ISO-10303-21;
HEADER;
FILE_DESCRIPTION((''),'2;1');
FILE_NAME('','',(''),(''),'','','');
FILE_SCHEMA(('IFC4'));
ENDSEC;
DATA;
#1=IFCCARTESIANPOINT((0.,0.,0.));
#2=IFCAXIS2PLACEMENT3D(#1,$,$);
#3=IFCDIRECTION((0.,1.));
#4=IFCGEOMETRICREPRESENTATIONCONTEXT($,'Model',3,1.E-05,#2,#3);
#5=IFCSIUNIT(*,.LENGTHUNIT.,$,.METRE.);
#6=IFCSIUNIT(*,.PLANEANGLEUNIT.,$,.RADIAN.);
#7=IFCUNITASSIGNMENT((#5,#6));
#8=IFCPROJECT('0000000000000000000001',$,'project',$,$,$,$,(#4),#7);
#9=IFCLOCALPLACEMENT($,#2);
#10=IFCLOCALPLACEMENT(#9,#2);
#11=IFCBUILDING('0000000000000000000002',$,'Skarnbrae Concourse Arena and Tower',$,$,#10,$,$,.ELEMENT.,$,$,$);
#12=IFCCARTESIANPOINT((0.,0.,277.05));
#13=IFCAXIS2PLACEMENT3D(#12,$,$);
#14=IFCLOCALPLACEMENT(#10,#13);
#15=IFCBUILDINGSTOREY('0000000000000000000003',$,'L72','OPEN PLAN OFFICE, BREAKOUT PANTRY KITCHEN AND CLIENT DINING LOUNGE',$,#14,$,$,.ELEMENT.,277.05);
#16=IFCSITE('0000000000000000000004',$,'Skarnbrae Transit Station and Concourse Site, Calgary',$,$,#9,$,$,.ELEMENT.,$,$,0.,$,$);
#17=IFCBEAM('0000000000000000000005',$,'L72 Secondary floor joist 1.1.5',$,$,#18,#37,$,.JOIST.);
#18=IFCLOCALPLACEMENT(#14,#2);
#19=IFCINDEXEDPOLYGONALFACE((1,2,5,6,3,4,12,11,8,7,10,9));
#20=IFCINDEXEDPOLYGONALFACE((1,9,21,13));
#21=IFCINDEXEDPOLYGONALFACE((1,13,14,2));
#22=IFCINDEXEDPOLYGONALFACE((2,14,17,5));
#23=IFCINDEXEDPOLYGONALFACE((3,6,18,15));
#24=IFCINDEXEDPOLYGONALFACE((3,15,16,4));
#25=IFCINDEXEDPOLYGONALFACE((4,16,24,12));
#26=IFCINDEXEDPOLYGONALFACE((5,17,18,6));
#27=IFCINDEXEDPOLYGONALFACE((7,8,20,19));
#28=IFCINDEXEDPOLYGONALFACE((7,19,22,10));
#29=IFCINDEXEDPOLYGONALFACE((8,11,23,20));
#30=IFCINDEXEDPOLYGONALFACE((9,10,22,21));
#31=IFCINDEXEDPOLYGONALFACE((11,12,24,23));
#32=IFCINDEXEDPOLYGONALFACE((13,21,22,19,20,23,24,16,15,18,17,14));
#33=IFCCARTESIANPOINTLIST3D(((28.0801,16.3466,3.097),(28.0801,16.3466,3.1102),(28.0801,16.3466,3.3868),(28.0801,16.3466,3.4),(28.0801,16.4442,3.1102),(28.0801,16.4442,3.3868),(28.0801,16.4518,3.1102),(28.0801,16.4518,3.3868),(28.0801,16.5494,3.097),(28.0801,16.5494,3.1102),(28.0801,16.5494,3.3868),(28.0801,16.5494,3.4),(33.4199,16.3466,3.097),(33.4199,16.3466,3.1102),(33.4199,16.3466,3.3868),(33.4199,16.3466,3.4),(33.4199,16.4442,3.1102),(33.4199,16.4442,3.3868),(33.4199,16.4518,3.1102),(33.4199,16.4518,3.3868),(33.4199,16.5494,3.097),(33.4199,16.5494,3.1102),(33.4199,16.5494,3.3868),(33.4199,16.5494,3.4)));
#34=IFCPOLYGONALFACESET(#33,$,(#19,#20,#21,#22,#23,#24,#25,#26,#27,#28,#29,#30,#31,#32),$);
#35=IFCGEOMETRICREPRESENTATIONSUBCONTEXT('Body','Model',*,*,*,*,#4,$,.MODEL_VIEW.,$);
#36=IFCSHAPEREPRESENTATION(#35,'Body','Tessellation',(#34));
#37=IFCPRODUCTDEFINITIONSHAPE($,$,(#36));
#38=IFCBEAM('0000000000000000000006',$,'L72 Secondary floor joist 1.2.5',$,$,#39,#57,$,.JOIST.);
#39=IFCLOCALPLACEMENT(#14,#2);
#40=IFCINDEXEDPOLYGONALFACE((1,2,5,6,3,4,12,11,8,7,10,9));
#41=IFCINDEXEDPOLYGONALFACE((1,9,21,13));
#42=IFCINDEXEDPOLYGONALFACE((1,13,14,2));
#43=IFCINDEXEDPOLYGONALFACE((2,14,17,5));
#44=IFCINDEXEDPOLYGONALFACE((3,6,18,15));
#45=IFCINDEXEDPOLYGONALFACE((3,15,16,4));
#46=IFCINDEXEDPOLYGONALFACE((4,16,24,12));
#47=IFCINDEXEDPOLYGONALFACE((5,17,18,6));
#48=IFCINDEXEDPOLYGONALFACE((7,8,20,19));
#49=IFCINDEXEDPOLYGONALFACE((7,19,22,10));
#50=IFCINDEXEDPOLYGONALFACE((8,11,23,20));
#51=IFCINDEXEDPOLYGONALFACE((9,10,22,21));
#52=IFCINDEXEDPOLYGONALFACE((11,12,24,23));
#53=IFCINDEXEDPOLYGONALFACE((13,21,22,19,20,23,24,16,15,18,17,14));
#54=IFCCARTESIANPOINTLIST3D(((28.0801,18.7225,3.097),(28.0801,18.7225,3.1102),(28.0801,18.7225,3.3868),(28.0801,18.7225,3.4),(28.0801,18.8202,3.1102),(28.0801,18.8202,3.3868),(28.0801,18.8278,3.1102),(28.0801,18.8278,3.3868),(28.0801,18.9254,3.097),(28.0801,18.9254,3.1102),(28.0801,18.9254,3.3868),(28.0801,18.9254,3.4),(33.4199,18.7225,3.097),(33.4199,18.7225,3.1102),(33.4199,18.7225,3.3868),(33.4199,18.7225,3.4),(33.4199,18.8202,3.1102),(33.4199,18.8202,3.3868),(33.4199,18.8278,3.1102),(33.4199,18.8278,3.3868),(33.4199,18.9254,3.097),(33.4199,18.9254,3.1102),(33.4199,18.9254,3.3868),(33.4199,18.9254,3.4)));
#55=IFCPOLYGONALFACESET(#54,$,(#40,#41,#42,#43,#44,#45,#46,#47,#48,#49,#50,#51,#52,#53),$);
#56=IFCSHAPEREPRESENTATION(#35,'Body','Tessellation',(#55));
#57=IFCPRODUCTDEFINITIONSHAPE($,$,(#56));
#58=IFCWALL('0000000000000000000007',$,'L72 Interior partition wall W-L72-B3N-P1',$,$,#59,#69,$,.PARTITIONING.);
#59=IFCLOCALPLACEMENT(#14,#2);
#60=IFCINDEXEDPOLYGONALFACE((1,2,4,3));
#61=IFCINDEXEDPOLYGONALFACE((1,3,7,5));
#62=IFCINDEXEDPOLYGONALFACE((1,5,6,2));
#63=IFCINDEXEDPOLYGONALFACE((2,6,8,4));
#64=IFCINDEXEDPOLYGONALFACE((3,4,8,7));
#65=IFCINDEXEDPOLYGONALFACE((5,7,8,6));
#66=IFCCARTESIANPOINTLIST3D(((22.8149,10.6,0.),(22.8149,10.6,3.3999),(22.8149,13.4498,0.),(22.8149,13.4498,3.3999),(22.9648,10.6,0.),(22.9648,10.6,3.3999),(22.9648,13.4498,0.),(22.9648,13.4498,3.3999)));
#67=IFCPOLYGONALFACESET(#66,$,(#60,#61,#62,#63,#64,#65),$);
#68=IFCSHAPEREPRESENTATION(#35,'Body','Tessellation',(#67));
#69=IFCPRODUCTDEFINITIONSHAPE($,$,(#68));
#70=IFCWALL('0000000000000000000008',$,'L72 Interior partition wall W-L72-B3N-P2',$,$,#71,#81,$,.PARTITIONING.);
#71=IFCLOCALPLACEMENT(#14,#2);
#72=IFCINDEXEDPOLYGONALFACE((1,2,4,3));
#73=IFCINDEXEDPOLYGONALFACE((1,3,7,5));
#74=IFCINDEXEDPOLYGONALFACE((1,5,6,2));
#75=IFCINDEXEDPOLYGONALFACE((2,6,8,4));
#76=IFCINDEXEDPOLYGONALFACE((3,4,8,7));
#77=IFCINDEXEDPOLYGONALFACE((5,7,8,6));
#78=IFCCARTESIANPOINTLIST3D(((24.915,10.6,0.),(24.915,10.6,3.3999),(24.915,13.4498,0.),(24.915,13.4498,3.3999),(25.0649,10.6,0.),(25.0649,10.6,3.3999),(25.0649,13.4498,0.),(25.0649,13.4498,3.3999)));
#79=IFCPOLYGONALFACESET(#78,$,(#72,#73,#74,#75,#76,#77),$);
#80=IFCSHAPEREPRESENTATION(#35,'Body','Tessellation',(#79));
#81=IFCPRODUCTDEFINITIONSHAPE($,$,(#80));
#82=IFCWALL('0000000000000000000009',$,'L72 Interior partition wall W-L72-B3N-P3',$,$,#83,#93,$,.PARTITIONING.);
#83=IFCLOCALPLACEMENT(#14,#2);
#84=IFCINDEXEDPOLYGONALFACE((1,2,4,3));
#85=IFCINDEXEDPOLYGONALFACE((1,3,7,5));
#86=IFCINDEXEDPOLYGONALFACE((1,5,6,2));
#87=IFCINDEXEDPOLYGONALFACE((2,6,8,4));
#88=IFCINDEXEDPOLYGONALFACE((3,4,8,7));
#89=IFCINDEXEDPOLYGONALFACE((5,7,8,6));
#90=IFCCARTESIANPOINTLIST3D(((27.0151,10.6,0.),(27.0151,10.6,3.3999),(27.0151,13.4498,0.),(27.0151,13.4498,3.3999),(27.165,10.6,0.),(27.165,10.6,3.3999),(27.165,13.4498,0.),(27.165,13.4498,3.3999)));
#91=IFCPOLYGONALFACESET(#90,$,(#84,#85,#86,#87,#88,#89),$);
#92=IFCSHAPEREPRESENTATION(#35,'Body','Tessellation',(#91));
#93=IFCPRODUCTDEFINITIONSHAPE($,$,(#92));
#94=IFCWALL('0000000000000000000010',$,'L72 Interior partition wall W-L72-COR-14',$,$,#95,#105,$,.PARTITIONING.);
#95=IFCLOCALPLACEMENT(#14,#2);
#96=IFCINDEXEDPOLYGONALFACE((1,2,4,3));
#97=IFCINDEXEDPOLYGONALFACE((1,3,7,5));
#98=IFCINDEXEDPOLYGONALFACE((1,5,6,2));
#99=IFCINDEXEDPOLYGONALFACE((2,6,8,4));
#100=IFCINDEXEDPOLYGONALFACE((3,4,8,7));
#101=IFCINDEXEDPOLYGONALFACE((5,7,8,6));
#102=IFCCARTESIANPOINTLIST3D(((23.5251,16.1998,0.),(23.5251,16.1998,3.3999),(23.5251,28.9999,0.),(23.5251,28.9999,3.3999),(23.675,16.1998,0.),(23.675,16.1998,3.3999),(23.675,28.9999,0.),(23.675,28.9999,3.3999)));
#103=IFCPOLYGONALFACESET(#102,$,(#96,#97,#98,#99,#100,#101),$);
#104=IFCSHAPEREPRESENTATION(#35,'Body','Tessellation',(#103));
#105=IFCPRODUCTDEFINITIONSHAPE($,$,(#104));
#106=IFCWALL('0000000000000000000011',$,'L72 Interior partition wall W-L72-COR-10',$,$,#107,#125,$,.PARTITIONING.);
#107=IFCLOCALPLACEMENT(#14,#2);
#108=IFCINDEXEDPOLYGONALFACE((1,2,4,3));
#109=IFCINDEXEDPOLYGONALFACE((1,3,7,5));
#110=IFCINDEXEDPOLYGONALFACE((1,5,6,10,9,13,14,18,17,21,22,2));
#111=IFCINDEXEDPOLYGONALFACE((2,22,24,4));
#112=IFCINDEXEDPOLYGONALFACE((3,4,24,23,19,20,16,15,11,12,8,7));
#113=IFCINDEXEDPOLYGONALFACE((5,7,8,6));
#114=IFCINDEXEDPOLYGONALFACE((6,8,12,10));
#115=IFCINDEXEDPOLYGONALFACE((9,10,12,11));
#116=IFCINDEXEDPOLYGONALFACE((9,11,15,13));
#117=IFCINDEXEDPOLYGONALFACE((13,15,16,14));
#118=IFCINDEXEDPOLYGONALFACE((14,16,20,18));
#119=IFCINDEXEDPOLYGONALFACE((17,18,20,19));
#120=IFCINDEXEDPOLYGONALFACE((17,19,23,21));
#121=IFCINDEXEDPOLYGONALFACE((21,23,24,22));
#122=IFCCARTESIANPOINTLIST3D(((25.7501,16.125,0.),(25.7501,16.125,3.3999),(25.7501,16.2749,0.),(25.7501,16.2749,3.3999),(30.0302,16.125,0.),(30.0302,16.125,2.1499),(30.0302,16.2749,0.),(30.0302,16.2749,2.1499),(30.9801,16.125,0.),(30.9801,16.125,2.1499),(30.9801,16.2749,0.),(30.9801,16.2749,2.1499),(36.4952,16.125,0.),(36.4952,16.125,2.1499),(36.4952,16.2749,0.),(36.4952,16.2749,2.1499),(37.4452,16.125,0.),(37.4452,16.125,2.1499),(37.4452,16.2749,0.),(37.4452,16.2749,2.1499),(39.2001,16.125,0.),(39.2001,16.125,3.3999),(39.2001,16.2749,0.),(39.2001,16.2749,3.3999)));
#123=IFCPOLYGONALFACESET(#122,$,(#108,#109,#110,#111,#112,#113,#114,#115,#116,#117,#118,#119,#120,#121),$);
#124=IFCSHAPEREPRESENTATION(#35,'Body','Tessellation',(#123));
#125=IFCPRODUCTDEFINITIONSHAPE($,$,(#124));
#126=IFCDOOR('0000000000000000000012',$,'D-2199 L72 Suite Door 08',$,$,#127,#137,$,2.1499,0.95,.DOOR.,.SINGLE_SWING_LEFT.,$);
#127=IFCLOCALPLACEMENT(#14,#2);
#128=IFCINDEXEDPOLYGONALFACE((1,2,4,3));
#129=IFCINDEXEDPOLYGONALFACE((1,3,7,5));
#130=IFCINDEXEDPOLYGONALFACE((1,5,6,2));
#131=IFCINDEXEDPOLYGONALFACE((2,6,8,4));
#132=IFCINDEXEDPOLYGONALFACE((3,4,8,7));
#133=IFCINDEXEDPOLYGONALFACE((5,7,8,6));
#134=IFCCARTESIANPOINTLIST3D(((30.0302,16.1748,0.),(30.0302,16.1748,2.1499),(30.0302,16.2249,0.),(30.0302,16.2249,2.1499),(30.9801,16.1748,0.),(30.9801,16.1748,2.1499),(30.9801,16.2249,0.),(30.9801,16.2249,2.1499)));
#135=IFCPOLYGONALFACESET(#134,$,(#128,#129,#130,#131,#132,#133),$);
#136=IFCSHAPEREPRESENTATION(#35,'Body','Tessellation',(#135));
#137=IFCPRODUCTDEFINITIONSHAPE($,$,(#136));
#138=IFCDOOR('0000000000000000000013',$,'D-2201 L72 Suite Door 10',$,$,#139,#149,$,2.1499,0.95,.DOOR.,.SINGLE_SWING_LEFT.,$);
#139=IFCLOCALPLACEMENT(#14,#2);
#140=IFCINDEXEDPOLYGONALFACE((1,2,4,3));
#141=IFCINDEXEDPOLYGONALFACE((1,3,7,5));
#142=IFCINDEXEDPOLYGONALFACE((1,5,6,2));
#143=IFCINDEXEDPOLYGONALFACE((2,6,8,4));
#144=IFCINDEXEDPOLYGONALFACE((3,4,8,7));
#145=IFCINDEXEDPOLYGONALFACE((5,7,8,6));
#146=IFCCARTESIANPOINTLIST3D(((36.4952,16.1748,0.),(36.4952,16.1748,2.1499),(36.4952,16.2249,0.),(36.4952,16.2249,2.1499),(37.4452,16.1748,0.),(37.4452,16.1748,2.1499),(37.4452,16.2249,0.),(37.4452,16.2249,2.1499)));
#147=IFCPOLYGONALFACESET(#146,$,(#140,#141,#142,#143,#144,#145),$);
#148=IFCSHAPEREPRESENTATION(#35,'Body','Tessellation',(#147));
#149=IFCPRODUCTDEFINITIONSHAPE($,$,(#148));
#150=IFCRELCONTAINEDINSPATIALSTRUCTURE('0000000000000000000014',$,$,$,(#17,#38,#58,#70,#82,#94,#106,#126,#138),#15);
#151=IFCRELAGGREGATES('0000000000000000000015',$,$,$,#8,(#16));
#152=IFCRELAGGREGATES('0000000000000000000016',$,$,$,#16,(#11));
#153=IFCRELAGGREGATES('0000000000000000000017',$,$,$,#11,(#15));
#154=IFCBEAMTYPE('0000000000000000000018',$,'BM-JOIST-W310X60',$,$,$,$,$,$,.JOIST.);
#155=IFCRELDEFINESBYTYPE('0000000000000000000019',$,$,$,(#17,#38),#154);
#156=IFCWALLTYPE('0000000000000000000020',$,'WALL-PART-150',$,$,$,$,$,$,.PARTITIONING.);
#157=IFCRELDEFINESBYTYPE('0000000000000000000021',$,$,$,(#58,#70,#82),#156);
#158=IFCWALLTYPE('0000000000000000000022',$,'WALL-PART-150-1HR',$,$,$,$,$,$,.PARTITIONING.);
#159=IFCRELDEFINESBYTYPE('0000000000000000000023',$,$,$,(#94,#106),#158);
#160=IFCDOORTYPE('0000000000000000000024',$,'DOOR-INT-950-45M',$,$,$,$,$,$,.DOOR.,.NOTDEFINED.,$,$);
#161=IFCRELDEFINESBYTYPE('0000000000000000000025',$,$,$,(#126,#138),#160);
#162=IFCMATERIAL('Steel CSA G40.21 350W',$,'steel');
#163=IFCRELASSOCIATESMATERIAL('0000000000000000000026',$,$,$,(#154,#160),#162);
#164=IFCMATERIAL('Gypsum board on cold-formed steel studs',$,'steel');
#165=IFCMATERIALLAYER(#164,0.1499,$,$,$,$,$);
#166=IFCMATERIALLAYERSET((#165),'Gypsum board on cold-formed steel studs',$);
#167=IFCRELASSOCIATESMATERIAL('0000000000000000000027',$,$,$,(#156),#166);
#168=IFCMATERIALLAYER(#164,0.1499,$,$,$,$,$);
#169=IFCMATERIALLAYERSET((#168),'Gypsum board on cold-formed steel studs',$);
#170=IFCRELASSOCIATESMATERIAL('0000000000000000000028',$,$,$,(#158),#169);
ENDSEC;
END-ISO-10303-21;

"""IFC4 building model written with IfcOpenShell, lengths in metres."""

from ifc_helpers import new_model, si_unit, direction, frame, frame_2d, origin, origin_2d, place, context, subcontext, project, spatial, rectangle, i_section, extrude, source, transform, mapped, material, layer, layer_set, material_profile, profile_set, type_object, element, fill, save


model = new_model("IFC4")

# Units and contexts
model_context = context("Model", 3, precision=1e-05, world=origin(), true_north=direction((0.0, 1.0)))
body_context = subcontext(model_context, "Body", "Model", "MODEL_VIEW")
ifc_project = project(units=[si_unit("LENGTHUNIT", "METRE"), si_unit("PLANEANGLEUNIT", "RADIAN")], contexts=[model_context])

# Site, building, storey
site_placement = place(None, origin())
site = spatial("IfcSite", under=ifc_project, at=site_placement, Name="Skarnbrae Transit Station and Concourse Site, Calgary", CompositionType="ELEMENT", RefElevation=0.0)
building_placement = place(site_placement, origin())
building = spatial("IfcBuilding", under=site, at=building_placement, Name="Skarnbrae Concourse Arena and Tower", CompositionType="ELEMENT")
storey_placement = place(building_placement, frame((0.0, 0.0, 277.05)))
storey = spatial("IfcBuildingStorey", under=building, at=storey_placement, Name="L72", Description="OPEN PLAN OFFICE, BREAKOUT PANTRY KITCHEN AND CLIENT DINING LOUNGE", CompositionType="ELEMENT", Elevation=277.05)

# Shared definitions
ifc_material_1 = material(Name="Steel CSA G40.21 350W", Category="steel")

# Beams
ifc_material_profile_1 = material_profile(ifc_material_1, i_section(OverallWidth=0.2029, OverallDepth=0.303, WebThickness=0.0076, FlangeThickness=0.0132, at=origin_2d()), Name="W310X60")
ifc_profile_set_1 = profile_set([ifc_material_profile_1], Name="Steel CSA G40.21 350W")
beam_type_1 = type_object("IfcBeamType", Name="BM-JOIST-W310X60", PredefinedType="JOIST", material=ifc_profile_set_1)
shared_shape_1 = source(origin(), body_context, "Body", "SweptSolid", [
    extrude(i_section(OverallWidth=0.2029, OverallDepth=0.303, WebThickness=0.0076, FlangeThickness=0.0132, at=origin_2d()), origin(), (0.0, 0.0, 1.0), 5.3398),
])
for number, where, z_axis, x_axis, name in (
    (1, (28.0801, 16.448, 3.2485), (1.0, 0.0, 0.0), (0.0, 1.0, 0.0), "L72 Secondary floor joist 1.1.5"),
    (2, (28.0801, 18.824, 3.2485), (1.0, 0.0, 0.0), (0.0, 1.0, 0.0), "L72 Secondary floor joist 1.2.5"),
):
    element("IfcBeam", number, at=place(storey_placement, frame(where, z_axis=z_axis, x_axis=x_axis)), inside=storey, type_object=beam_type_1, Name=name, PredefinedType="JOIST", context=body_context, shape_type="MappedRepresentation", body=[
        mapped(shared_shape_1, transform((0.0, 0.0, 0.0))),
    ])

# Walls
ifc_material_2 = material(Name="Gypsum board on cold-formed steel studs", Category="steel")
ifc_layer_1 = layer(ifc_material_2, 0.1499)
ifc_layer_set_1 = layer_set([ifc_layer_1], Name="Gypsum board on cold-formed steel studs")
wall_type_1 = type_object("IfcWallType", Name="WALL-PART-150", PredefinedType="PARTITIONING", material=ifc_layer_set_1)
shared_shape_2 = source(origin(), body_context, "Body", "SweptSolid", [
    extrude(rectangle(XDim=2.8499, YDim=0.1499, at=frame_2d((1.4248, 0.0))), origin(), (0.0, 0.0, 1.0), 3.3999),
])
for number, where, z_axis, x_axis, name in (
    (3, (22.8899, 10.6001, 0.0), (0.0, 0.0, 1.0), (0.0, 1.0, 0.0), "L72 Interior partition wall W-L72-B3N-P1"),
    (4, (24.99, 10.6001, 0.0), (0.0, 0.0, 1.0), (0.0, 1.0, 0.0), "L72 Interior partition wall W-L72-B3N-P2"),
    (5, (27.0901, 10.6001, 0.0), (0.0, 0.0, 1.0), (0.0, 1.0, 0.0), "L72 Interior partition wall W-L72-B3N-P3"),
):
    element("IfcWall", number, at=place(storey_placement, frame(where, z_axis=z_axis, x_axis=x_axis)), inside=storey, type_object=wall_type_1, Name=name, PredefinedType="PARTITIONING", context=body_context, shape_type="MappedRepresentation", body=[
        mapped(shared_shape_2, transform((0.0, 0.0, 0.0))),
    ])
ifc_layer_2 = layer(ifc_material_2, 0.1499)
ifc_layer_set_2 = layer_set([ifc_layer_2], Name="Gypsum board on cold-formed steel studs")
wall_type_2 = type_object("IfcWallType", Name="WALL-PART-150-1HR", PredefinedType="PARTITIONING", material=ifc_layer_set_2)
shared_shape_3 = source(origin(), body_context, "Body", "SweptSolid", [
    extrude(rectangle(XDim=12.8, YDim=0.1499, at=frame_2d((6.3999, 0.0))), origin(), (0.0, 0.0, 1.0), 3.3999),
])
wall_1_placement = place(storey_placement, frame((23.6001, 16.2, 0.0), z_axis=(0.0, 0.0, 1.0), x_axis=(0.0, 1.0, 0.0)))
element("IfcWall", 6, at=wall_1_placement, inside=storey, type_object=wall_type_2, Name="L72 Interior partition wall W-L72-COR-14", PredefinedType="PARTITIONING", context=body_context, shape_type="MappedRepresentation", body=[
    mapped(shared_shape_3, transform((0.0, 0.0, 0.0))),
])

# Wall, openings, doors
shared_shape_4 = source(origin(), body_context, "Body", "SweptSolid", [
    extrude(rectangle(XDim=13.45, YDim=0.1499, at=frame_2d((6.7251, 0.0))), origin(), (0.0, 0.0, 1.0), 3.3999),
])
wall_2_placement = place(storey_placement, frame((25.75, 16.2, 0.0), z_axis=(0.0, 0.0, 1.0), x_axis=(1.0, 0.0, 0.0)))
wall_2 = element("IfcWall", 7, at=wall_2_placement, inside=storey, type_object=wall_type_2, Name="L72 Interior partition wall W-L72-COR-10", PredefinedType="PARTITIONING", context=body_context, shape_type="MappedRepresentation", body=[
    mapped(shared_shape_4, transform((0.0, 0.0, 0.0))),
])
opening_1_placement = place(wall_2_placement, frame((4.28, 0.0, 0.0)))
opening_1 = element("IfcOpeningElement", 8, at=opening_1_placement, cuts=wall_2, PredefinedType="OPENING", context=body_context, shape_type="SweptSolid", body=[
    extrude(rectangle(XDim=0.95, YDim=2.1499, at=frame_2d((0.4751, 1.075))), frame((0.0, 0.085, 0.0), z_axis=(0.0, -1.0, 0.0), x_axis=(1.0, 0.0, 0.0)), (0.0, 0.0, 1.0), 0.1699),
])
opening_2_placement = place(wall_2_placement, frame((10.7451, 0.0, 0.0)))
opening_2 = element("IfcOpeningElement", 9, at=opening_2_placement, cuts=wall_2, PredefinedType="OPENING", context=body_context, shape_type="SweptSolid", body=[
    extrude(rectangle(XDim=0.95, YDim=2.1499, at=frame_2d((0.4751, 1.075))), frame((0.0, 0.085, 0.0), z_axis=(0.0, -1.0, 0.0), x_axis=(1.0, 0.0, 0.0)), (0.0, 0.0, 1.0), 0.1699),
])
door_type_1 = type_object("IfcDoorType", Name="DOOR-INT-950-45M", OperationType="NOTDEFINED", PredefinedType="DOOR", material=ifc_material_1)
shared_shape_5 = source(origin(), body_context, "Body", "SweptSolid", [
    extrude(rectangle(XDim=0.95, YDim=2.1499, at=frame_2d((0.4751, 1.075))), frame((0.0, 0.0249, 0.0), z_axis=(0.0, -1.0, 0.0), x_axis=(1.0, 0.0, 0.0)), (0.0, 0.0, 1.0), 0.05),
])
door_1_placement = place(opening_1_placement, origin())
door_1 = element("IfcDoor", 10, at=door_1_placement, inside=storey, type_object=door_type_1, Name="D-2199 L72 Suite Door 08", OperationType="SINGLE_SWING_LEFT", OverallHeight=2.1499, OverallWidth=0.95, PredefinedType="DOOR", context=body_context, shape_type="MappedRepresentation", body=[
    mapped(shared_shape_5, transform((0.0, 0.0, 0.0))),
])
fill(opening_1, door_1)
door_2_placement = place(opening_2_placement, origin())
door_2 = element("IfcDoor", 11, at=door_2_placement, inside=storey, type_object=door_type_1, Name="D-2201 L72 Suite Door 10", OperationType="SINGLE_SWING_LEFT", OverallHeight=2.1499, OverallWidth=0.95, PredefinedType="DOOR", context=body_context, shape_type="MappedRepresentation", body=[
    mapped(shared_shape_5, transform((0.0, 0.0, 0.0))),
])
fill(opening_2, door_2)

save(model, "model.ifc")
